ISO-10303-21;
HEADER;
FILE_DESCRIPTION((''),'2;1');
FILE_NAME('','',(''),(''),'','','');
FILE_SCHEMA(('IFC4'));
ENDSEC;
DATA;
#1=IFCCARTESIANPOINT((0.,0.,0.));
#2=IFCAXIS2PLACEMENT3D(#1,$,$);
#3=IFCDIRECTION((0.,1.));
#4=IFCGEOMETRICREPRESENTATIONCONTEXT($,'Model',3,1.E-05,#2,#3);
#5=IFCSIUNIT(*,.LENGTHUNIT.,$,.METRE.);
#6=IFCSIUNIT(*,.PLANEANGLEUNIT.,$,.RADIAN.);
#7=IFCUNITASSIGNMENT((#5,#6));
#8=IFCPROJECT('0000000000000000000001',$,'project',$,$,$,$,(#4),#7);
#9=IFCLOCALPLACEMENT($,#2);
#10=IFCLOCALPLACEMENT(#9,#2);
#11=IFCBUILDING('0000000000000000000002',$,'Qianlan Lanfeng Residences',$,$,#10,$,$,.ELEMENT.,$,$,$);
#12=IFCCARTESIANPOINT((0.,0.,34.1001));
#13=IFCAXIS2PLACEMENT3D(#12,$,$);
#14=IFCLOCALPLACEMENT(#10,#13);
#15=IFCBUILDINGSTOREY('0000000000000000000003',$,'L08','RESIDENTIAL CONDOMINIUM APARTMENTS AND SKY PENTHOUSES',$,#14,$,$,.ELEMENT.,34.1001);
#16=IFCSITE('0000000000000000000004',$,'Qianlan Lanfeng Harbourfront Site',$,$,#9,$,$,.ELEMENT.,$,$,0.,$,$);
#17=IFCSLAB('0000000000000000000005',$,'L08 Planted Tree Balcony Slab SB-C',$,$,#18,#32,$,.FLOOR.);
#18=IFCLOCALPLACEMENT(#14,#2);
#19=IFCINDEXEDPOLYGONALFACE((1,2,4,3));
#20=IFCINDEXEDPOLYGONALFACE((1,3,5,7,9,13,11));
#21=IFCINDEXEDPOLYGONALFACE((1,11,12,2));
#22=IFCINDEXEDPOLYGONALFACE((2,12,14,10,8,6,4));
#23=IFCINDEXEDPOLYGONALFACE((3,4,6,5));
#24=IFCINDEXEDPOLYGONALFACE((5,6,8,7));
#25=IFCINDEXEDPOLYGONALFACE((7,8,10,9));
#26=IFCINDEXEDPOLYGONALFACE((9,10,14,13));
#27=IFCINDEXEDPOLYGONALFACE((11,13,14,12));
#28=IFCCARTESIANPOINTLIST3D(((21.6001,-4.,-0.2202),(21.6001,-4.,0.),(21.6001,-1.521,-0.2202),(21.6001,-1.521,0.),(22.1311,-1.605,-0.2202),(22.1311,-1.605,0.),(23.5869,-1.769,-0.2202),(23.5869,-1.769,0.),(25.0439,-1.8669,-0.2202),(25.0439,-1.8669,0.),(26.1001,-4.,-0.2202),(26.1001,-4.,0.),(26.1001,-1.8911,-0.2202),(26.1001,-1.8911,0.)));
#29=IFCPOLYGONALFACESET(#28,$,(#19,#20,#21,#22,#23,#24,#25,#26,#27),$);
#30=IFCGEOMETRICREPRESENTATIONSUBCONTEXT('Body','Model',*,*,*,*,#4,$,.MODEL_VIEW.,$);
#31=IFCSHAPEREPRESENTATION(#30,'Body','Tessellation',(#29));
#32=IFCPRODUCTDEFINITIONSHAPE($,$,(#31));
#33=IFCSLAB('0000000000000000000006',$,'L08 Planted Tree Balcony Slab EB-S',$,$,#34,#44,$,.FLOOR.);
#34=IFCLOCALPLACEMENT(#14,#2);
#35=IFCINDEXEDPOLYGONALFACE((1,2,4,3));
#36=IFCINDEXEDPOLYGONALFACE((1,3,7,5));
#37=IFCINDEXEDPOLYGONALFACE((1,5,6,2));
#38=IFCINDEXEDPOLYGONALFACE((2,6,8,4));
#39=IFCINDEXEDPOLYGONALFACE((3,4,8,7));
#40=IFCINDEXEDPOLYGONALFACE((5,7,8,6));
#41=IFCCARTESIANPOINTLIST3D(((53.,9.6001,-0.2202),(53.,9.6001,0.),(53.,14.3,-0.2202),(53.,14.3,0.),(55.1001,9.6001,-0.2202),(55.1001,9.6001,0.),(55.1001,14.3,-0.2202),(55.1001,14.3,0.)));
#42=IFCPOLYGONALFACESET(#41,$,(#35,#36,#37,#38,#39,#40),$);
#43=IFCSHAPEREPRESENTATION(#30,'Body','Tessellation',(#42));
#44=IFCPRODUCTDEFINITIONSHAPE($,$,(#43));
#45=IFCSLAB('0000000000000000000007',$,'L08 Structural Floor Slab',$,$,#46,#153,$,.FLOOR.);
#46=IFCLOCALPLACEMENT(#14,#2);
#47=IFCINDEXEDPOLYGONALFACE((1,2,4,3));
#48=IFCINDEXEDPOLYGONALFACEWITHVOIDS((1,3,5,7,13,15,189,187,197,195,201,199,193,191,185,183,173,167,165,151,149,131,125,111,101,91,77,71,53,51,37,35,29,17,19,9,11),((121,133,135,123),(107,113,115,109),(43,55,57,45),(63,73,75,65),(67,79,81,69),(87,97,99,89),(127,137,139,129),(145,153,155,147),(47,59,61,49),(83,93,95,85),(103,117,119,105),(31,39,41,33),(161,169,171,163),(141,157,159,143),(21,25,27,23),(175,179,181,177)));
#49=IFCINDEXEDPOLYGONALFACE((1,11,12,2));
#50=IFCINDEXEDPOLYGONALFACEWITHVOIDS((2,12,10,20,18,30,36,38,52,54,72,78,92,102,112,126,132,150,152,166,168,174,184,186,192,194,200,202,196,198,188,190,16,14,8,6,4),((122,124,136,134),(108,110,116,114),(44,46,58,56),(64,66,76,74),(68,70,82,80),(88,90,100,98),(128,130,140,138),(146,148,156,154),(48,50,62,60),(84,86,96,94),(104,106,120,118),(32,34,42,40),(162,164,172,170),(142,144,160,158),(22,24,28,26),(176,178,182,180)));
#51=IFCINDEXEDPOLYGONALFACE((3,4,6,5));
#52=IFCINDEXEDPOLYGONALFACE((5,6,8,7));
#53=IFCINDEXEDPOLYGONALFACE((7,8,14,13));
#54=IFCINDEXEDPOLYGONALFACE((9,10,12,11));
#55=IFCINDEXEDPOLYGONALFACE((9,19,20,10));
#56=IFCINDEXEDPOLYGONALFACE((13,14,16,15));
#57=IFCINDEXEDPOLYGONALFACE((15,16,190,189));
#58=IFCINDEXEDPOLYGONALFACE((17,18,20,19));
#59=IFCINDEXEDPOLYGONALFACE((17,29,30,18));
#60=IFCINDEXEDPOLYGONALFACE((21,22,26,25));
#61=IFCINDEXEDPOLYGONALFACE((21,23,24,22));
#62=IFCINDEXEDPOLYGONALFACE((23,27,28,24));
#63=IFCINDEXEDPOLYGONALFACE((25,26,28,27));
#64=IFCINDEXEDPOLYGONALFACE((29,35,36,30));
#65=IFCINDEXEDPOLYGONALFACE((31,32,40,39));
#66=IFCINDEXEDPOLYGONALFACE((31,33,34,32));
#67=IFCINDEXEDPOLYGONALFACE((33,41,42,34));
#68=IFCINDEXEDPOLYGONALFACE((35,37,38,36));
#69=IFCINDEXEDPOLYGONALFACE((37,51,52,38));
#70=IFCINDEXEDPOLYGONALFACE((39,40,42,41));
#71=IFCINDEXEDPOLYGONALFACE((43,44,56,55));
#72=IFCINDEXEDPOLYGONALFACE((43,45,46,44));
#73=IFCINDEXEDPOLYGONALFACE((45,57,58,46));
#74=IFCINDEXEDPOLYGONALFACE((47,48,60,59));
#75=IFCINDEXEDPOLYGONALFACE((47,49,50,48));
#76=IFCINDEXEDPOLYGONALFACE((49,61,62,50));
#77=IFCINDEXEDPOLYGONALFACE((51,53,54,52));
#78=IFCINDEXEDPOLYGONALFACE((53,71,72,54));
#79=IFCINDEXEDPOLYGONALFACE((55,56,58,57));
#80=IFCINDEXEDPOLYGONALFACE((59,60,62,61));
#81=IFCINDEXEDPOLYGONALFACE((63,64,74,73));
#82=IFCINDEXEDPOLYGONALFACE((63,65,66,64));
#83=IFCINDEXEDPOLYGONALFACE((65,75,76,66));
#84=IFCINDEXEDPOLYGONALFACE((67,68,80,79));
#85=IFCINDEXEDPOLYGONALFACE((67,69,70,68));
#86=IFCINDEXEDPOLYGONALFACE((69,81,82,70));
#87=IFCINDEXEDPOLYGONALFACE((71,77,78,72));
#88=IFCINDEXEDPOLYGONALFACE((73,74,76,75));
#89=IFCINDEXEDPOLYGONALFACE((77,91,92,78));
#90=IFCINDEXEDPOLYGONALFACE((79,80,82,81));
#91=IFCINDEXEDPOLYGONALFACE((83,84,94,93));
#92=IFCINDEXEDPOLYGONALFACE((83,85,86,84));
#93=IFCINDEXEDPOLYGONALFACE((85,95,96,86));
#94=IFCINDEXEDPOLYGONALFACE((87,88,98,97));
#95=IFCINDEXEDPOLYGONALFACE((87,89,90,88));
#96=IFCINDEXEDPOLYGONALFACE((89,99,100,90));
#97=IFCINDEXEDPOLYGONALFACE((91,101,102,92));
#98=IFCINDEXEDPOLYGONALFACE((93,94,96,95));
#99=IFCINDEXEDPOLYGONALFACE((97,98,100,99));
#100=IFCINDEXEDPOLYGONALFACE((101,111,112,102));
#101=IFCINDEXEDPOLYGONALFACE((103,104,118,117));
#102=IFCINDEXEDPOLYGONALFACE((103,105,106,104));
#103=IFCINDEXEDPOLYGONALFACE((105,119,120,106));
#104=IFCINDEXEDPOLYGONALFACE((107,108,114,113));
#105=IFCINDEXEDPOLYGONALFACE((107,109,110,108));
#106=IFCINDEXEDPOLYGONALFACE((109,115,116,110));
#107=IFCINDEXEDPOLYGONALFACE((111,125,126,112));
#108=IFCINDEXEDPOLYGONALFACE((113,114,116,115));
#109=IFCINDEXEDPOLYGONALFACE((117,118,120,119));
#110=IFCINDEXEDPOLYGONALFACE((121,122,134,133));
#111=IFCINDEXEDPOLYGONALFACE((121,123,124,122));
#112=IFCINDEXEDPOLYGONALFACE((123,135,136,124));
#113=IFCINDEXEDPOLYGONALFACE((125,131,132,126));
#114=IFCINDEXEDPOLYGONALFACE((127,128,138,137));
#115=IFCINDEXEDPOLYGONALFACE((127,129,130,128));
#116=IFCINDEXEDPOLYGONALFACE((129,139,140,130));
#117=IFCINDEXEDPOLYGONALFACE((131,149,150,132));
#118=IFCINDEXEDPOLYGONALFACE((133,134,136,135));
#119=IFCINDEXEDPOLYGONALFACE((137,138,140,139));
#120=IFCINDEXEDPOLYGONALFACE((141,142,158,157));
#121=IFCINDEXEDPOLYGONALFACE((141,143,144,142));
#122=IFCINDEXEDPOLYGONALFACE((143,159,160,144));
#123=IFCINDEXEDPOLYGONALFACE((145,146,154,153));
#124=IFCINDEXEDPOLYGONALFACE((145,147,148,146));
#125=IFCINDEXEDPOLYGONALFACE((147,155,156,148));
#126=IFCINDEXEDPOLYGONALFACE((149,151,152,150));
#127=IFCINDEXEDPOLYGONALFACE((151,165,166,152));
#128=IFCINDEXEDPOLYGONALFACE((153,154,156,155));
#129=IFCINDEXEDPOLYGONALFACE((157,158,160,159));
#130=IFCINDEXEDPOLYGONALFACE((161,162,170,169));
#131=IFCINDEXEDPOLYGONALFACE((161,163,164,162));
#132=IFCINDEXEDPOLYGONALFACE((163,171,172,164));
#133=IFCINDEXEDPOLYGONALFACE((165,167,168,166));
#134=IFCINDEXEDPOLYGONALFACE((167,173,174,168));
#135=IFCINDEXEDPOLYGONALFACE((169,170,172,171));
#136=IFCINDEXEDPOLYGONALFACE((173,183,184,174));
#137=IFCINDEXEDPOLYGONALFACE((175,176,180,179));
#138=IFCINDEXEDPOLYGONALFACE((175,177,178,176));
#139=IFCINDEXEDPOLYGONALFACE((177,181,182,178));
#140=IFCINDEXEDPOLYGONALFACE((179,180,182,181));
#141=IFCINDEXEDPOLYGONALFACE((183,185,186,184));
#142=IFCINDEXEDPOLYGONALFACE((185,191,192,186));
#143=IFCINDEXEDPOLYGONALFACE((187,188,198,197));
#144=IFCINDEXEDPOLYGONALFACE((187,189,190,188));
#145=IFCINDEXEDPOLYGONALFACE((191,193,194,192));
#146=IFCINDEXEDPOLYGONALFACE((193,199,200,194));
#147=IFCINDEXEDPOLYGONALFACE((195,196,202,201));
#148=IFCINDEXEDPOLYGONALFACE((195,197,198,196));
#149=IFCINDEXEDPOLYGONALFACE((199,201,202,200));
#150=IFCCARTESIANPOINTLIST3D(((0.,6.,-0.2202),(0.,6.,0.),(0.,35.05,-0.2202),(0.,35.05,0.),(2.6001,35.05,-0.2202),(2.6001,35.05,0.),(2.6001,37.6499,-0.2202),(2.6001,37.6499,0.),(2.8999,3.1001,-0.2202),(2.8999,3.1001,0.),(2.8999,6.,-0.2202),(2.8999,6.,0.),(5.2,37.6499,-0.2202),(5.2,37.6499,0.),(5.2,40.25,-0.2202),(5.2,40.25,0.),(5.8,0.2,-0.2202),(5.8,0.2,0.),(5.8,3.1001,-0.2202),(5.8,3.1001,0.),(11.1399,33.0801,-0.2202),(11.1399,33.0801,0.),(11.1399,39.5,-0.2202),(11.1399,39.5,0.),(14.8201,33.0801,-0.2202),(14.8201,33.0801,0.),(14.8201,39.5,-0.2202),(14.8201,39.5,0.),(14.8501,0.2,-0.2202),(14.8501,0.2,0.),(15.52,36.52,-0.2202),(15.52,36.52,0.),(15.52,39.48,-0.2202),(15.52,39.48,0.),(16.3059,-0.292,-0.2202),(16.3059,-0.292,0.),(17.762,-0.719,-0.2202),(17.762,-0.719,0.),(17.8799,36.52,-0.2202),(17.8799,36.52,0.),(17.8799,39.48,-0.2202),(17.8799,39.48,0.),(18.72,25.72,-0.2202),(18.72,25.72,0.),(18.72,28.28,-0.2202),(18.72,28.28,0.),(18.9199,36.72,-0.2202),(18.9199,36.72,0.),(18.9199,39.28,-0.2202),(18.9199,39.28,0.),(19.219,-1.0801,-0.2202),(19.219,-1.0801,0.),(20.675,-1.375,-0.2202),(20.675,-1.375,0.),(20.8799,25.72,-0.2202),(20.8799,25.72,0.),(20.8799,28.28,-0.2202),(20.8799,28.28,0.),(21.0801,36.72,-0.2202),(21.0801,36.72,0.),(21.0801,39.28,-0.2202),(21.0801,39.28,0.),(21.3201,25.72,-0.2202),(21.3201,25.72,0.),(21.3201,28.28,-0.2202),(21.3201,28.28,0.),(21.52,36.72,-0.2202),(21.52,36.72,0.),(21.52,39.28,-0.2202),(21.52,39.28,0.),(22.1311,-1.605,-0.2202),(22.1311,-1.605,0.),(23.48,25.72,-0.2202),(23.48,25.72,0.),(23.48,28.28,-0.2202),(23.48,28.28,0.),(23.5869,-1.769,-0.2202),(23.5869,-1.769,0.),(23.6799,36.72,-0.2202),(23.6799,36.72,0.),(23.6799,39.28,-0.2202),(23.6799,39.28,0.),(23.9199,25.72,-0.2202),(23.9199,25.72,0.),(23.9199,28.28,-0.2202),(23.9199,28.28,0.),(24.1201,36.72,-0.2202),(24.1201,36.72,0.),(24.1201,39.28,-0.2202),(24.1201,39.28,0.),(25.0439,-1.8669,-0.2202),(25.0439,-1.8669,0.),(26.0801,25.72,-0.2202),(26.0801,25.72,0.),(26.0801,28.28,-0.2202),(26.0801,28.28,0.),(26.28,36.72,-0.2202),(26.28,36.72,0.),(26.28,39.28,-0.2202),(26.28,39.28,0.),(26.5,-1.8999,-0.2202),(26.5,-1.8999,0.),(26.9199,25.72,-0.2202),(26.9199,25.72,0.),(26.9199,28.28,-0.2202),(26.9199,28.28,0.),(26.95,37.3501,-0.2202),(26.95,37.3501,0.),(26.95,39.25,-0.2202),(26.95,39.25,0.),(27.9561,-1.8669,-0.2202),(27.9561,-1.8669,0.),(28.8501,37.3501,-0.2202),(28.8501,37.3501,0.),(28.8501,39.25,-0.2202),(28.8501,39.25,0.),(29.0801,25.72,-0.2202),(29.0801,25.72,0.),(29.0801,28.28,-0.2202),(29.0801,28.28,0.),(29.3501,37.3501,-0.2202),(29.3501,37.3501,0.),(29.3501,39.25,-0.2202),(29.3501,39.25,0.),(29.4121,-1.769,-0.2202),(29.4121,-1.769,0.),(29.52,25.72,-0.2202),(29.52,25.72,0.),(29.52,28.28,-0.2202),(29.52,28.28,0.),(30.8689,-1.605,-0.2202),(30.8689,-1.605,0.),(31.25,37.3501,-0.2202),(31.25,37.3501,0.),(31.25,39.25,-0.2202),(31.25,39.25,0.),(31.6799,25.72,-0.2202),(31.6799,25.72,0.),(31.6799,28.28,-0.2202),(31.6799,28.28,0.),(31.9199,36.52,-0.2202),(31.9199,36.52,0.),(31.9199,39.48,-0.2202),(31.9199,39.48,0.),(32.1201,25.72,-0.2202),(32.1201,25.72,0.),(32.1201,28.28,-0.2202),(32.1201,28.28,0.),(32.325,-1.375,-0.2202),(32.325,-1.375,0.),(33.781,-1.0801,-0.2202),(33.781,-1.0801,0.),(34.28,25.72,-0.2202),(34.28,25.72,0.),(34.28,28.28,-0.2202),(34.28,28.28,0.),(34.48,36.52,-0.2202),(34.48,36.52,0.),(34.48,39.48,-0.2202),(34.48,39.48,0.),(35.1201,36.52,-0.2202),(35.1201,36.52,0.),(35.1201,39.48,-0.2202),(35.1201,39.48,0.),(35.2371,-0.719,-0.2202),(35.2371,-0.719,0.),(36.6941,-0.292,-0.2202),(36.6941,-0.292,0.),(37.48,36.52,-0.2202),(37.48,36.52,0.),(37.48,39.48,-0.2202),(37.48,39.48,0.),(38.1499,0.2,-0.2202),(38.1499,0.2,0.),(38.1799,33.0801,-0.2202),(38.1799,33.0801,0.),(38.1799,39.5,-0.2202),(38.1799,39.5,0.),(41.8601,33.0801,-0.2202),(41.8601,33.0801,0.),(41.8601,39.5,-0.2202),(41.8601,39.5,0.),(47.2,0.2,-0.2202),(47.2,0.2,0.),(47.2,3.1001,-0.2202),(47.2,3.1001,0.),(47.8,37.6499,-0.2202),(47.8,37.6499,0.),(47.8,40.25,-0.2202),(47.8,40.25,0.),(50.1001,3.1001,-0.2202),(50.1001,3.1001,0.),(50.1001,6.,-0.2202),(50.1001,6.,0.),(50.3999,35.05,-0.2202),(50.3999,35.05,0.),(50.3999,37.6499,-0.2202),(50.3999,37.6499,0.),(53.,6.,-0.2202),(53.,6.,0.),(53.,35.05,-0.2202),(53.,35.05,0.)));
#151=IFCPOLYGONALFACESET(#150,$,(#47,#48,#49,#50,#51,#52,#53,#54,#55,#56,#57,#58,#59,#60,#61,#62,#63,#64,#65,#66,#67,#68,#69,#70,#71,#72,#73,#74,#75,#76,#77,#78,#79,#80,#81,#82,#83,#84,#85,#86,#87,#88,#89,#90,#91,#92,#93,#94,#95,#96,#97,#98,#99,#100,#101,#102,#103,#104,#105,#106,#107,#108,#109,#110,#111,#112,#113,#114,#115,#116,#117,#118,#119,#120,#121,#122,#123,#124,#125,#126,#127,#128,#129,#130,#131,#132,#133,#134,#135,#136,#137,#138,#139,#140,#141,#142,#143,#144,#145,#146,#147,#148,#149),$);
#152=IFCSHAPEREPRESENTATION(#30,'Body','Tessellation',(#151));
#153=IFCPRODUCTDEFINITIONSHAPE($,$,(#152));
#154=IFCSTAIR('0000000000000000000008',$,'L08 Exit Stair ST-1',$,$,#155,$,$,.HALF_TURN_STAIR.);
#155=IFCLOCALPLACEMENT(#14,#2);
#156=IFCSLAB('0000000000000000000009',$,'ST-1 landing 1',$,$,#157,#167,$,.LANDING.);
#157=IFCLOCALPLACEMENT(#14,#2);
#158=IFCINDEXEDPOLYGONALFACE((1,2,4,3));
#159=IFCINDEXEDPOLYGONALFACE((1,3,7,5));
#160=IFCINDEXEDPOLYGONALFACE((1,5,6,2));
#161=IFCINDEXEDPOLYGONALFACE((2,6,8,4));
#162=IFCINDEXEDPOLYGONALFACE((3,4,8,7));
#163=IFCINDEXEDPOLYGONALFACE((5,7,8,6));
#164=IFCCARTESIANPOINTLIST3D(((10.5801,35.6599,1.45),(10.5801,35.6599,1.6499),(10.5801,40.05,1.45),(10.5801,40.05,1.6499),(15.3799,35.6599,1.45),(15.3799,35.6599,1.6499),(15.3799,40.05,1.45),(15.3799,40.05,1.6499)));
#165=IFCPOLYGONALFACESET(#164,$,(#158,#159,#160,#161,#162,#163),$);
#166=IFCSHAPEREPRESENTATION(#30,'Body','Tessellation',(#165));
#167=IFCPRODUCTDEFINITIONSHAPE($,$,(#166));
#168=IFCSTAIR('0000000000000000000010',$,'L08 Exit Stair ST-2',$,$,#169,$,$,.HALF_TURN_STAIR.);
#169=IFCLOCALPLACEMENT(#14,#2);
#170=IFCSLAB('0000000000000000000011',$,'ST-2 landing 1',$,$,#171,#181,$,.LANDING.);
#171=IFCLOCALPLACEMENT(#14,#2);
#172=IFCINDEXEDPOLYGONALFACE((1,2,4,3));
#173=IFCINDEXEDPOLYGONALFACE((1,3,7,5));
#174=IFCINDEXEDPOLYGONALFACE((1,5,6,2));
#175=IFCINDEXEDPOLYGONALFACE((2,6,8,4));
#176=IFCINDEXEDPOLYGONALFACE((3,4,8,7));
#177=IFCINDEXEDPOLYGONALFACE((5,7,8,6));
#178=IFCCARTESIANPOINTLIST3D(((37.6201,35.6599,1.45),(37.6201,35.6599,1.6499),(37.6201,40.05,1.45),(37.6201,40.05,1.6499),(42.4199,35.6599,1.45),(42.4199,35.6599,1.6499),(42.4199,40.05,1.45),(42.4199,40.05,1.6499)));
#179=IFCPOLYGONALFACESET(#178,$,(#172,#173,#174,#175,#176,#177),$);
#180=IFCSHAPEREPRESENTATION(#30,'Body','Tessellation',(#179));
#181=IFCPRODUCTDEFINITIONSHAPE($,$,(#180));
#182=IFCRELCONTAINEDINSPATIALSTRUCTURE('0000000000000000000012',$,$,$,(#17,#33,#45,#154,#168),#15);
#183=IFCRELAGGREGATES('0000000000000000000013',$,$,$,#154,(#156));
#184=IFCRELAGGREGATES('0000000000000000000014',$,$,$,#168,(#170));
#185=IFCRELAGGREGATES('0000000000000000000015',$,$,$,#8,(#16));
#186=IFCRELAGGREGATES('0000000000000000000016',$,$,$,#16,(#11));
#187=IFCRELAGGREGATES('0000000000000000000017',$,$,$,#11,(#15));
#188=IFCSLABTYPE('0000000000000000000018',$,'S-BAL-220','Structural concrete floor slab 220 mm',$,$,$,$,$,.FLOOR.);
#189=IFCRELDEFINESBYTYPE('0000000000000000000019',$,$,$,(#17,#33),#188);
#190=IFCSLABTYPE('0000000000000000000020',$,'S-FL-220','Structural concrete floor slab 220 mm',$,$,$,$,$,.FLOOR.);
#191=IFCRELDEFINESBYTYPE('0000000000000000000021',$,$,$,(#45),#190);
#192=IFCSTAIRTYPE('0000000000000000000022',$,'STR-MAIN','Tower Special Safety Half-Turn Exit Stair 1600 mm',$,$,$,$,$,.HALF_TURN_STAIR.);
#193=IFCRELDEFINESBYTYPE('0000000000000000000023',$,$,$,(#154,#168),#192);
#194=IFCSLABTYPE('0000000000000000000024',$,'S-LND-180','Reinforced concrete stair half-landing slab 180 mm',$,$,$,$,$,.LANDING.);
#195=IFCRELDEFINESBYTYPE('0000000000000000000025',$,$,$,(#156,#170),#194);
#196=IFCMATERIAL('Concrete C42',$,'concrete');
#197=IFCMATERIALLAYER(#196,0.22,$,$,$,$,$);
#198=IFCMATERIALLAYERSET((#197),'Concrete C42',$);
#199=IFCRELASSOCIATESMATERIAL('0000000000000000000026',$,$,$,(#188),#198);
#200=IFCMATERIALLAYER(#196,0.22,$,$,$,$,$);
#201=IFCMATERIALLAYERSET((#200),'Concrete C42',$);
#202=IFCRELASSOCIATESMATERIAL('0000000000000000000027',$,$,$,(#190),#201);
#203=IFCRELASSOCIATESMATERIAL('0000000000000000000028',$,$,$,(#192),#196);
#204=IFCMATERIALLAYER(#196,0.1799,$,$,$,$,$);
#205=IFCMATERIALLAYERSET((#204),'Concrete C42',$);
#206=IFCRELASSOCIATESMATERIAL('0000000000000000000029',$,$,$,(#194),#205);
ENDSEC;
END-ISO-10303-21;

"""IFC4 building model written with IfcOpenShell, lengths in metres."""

from ifc_helpers import new_model, si_unit, direction, frame, origin, place, context, subcontext, project, spatial, polyline, outline, extrude, material, layer, layer_set, type_object, element, aggregate, save


model = new_model("IFC4")

# Units and contexts
model_context = context("Model", 3, precision=1e-05, world=origin(), true_north=direction((0.0, 1.0)))
body_context = subcontext(model_context, "Body", "Model", "MODEL_VIEW")
ifc_project = project(units=[si_unit("LENGTHUNIT", "METRE"), si_unit("PLANEANGLEUNIT", "RADIAN")], contexts=[model_context])

# Site, building, storey
site_placement = place(None, origin())
site = spatial("IfcSite", under=ifc_project, at=site_placement, Name="Qianlan Lanfeng Harbourfront Site", CompositionType="ELEMENT", RefElevation=0.0)
building_placement = place(site_placement, origin())
building = spatial("IfcBuilding", under=site, at=building_placement, Name="Qianlan Lanfeng Residences", CompositionType="ELEMENT")
storey_placement = place(building_placement, frame((0.0, 0.0, 34.1001)))
storey = spatial("IfcBuildingStorey", under=building, at=storey_placement, Name="L08", Description="RESIDENTIAL CONDOMINIUM APARTMENTS AND SKY PENTHOUSES", CompositionType="ELEMENT", Elevation=34.1001)

# Slabs
ifc_material_1 = material(Name="Concrete C42", Category="concrete")
ifc_layer_1 = layer(ifc_material_1, 0.22)
ifc_layer_set_1 = layer_set([ifc_layer_1], Name="Concrete C42")
slab_type_1 = type_object("IfcSlabType", Name="S-BAL-220", Description="Structural concrete floor slab 220 mm", PredefinedType="FLOOR", material=ifc_layer_set_1)
slab_1_placement = place(storey_placement, frame((0.0, 0.0, -0.2202)))
element("IfcSlab", 1, at=slab_1_placement, inside=storey, type_object=slab_type_1, Name="L08 Planted Tree Balcony Slab SB-C", PredefinedType="FLOOR", context=body_context, shape_type="SweptSolid", body=[
    extrude(outline(polyline([(26.1001, -1.8911), (25.0439, -1.8669), (23.5869, -1.769), (22.1311, -1.605), (21.6001, -1.521), (21.6001, -4.0), (26.1001, -4.0), (26.1001, -1.8911)])), origin(), (0.0, 0.0, 1.0), 0.2202),
])
slab_2_placement = place(storey_placement, frame((0.0, 0.0, -0.2202)))
element("IfcSlab", 2, at=slab_2_placement, inside=storey, type_object=slab_type_1, Name="L08 Planted Tree Balcony Slab EB-S", PredefinedType="FLOOR", context=body_context, shape_type="SweptSolid", body=[
    extrude(outline(polyline([(53.0, 14.3), (53.0, 9.6001), (55.1001, 9.6001), (55.1001, 14.3), (53.0, 14.3)])), origin(), (0.0, 0.0, 1.0), 0.2202),
])
ifc_layer_2 = layer(ifc_material_1, 0.22)
ifc_layer_set_2 = layer_set([ifc_layer_2], Name="Concrete C42")
slab_type_2 = type_object("IfcSlabType", Name="S-FL-220", Description="Structural concrete floor slab 220 mm", PredefinedType="FLOOR", material=ifc_layer_set_2)
slab_3_placement = place(storey_placement, frame((0.0, 0.0, -0.2202)))
element("IfcSlab", 3, at=slab_3_placement, inside=storey, type_object=slab_type_2, Name="L08 Structural Floor Slab", PredefinedType="FLOOR", context=body_context, shape_type="SweptSolid", body=[
    extrude(outline(polyline([(0.0, 6.0), (2.8999, 6.0), (2.8999, 3.1001), (5.8, 3.1001), (5.8, 0.2), (14.8501, 0.2), (16.3059, -0.292), (17.762, -0.719), (19.219, -1.0801), (20.675, -1.375), (22.1311, -1.605), (23.5869, -1.769), (25.0439, -1.8669), (26.5, -1.8999), (27.9561, -1.8669), (29.4121, -1.769), (30.8689, -1.605), (32.325, -1.375), (33.781, -1.0801), (35.2371, -0.719), (36.6941, -0.292), (38.1499, 0.2), (47.2, 0.2), (47.2, 3.1001), (50.1001, 3.1001), (50.1001, 6.0), (53.0, 6.0), (53.0, 35.05), (50.3999, 35.05), (50.3999, 37.6499), (47.8, 37.6499), (47.8, 40.25), (5.2, 40.25), (5.2, 37.6499), (2.6001, 37.6499), (2.6001, 35.05), (0.0, 35.05), (0.0, 6.0)]), holes=[polyline([(11.1399, 33.0801), (11.1399, 39.5), (14.8201, 39.5), (14.8201, 33.0801), (11.1399, 33.0801)]), polyline([(38.1799, 33.0801), (38.1799, 39.5), (41.8601, 39.5), (41.8601, 33.0801), (38.1799, 33.0801)]), polyline([(15.52, 36.52), (15.52, 39.48), (17.8799, 39.48), (17.8799, 36.52), (15.52, 36.52)]), polyline([(35.1201, 36.52), (35.1201, 39.48), (37.48, 39.48), (37.48, 36.52), (35.1201, 36.52)]), polyline([(31.9199, 36.52), (31.9199, 39.48), (34.48, 39.48), (34.48, 36.52), (31.9199, 36.52)]), polyline([(18.72, 25.72), (18.72, 28.28), (20.8799, 28.28), (20.8799, 25.72), (18.72, 25.72)]), polyline([(21.3201, 25.72), (21.3201, 28.28), (23.48, 28.28), (23.48, 25.72), (21.3201, 25.72)]), polyline([(23.9199, 25.72), (23.9199, 28.28), (26.0801, 28.28), (26.0801, 25.72), (23.9199, 25.72)]), polyline([(26.9199, 25.72), (26.9199, 28.28), (29.0801, 28.28), (29.0801, 25.72), (26.9199, 25.72)]), polyline([(29.52, 25.72), (29.52, 28.28), (31.6799, 28.28), (31.6799, 25.72), (29.52, 25.72)]), polyline([(32.1201, 25.72), (32.1201, 28.28), (34.28, 28.28), (34.28, 25.72), (32.1201, 25.72)]), polyline([(18.9199, 36.72), (18.9199, 39.28), (21.0801, 39.28), (21.0801, 36.72), (18.9199, 36.72)]), polyline([(21.52, 36.72), (21.52, 39.28), (23.6799, 39.28), (23.6799, 36.72), (21.52, 36.72)]), polyline([(24.1201, 36.72), (24.1201, 39.28), (26.28, 39.28), (26.28, 36.72), (24.1201, 36.72)]), polyline([(26.95, 37.3501), (26.95, 39.25), (28.8501, 39.25), (28.8501, 37.3501), (26.95, 37.3501)]), polyline([(29.3501, 37.3501), (29.3501, 39.25), (31.25, 39.25), (31.25, 37.3501), (29.3501, 37.3501)])]), origin(), (0.0, 0.0, 1.0), 0.2202),
])

# Stairs, slabs
stair_type = type_object("IfcStairType", Name="STR-MAIN", Description="Tower Special Safety Half-Turn Exit Stair 1600 mm", PredefinedType="HALF_TURN_STAIR", material=ifc_material_1)
stair_1_placement = place(storey_placement, origin())
stair_1 = element("IfcStair", 4, at=stair_1_placement, inside=storey, type_object=stair_type, Name="L08 Exit Stair ST-1", PredefinedType="HALF_TURN_STAIR")
ifc_layer_3 = layer(ifc_material_1, 0.1799)
ifc_layer_set_3 = layer_set([ifc_layer_3], Name="Concrete C42")
slab_type_3 = type_object("IfcSlabType", Name="S-LND-180", Description="Reinforced concrete stair half-landing slab 180 mm", PredefinedType="LANDING", material=ifc_layer_set_3)
slab_4_placement = place(storey_placement, frame((0.0, 0.0, 1.45)))
slab_4 = element("IfcSlab", 5, at=slab_4_placement, type_object=slab_type_3, Name="ST-1 landing 1", PredefinedType="LANDING", context=body_context, shape_type="SweptSolid", body=[
    extrude(outline(polyline([(10.5801, 35.6599), (15.3799, 35.6599), (15.3799, 40.05), (10.5801, 40.05), (10.5801, 35.6599)])), origin(), (0.0, 0.0, 1.0), 0.2),
])
aggregate(stair_1, [slab_4])
stair_2_placement = place(storey_placement, origin())
stair_2 = element("IfcStair", 6, at=stair_2_placement, inside=storey, type_object=stair_type, Name="L08 Exit Stair ST-2", PredefinedType="HALF_TURN_STAIR")
slab_5_placement = place(storey_placement, frame((0.0, 0.0, 1.45)))
slab_5 = element("IfcSlab", 7, at=slab_5_placement, type_object=slab_type_3, Name="ST-2 landing 1", PredefinedType="LANDING", context=body_context, shape_type="SweptSolid", body=[
    extrude(outline(polyline([(37.6201, 35.6599), (42.4199, 35.6599), (42.4199, 40.05), (37.6201, 40.05), (37.6201, 35.6599)])), origin(), (0.0, 0.0, 1.0), 0.2),
])
aggregate(stair_2, [slab_5])

save(model, "model.ifc")
